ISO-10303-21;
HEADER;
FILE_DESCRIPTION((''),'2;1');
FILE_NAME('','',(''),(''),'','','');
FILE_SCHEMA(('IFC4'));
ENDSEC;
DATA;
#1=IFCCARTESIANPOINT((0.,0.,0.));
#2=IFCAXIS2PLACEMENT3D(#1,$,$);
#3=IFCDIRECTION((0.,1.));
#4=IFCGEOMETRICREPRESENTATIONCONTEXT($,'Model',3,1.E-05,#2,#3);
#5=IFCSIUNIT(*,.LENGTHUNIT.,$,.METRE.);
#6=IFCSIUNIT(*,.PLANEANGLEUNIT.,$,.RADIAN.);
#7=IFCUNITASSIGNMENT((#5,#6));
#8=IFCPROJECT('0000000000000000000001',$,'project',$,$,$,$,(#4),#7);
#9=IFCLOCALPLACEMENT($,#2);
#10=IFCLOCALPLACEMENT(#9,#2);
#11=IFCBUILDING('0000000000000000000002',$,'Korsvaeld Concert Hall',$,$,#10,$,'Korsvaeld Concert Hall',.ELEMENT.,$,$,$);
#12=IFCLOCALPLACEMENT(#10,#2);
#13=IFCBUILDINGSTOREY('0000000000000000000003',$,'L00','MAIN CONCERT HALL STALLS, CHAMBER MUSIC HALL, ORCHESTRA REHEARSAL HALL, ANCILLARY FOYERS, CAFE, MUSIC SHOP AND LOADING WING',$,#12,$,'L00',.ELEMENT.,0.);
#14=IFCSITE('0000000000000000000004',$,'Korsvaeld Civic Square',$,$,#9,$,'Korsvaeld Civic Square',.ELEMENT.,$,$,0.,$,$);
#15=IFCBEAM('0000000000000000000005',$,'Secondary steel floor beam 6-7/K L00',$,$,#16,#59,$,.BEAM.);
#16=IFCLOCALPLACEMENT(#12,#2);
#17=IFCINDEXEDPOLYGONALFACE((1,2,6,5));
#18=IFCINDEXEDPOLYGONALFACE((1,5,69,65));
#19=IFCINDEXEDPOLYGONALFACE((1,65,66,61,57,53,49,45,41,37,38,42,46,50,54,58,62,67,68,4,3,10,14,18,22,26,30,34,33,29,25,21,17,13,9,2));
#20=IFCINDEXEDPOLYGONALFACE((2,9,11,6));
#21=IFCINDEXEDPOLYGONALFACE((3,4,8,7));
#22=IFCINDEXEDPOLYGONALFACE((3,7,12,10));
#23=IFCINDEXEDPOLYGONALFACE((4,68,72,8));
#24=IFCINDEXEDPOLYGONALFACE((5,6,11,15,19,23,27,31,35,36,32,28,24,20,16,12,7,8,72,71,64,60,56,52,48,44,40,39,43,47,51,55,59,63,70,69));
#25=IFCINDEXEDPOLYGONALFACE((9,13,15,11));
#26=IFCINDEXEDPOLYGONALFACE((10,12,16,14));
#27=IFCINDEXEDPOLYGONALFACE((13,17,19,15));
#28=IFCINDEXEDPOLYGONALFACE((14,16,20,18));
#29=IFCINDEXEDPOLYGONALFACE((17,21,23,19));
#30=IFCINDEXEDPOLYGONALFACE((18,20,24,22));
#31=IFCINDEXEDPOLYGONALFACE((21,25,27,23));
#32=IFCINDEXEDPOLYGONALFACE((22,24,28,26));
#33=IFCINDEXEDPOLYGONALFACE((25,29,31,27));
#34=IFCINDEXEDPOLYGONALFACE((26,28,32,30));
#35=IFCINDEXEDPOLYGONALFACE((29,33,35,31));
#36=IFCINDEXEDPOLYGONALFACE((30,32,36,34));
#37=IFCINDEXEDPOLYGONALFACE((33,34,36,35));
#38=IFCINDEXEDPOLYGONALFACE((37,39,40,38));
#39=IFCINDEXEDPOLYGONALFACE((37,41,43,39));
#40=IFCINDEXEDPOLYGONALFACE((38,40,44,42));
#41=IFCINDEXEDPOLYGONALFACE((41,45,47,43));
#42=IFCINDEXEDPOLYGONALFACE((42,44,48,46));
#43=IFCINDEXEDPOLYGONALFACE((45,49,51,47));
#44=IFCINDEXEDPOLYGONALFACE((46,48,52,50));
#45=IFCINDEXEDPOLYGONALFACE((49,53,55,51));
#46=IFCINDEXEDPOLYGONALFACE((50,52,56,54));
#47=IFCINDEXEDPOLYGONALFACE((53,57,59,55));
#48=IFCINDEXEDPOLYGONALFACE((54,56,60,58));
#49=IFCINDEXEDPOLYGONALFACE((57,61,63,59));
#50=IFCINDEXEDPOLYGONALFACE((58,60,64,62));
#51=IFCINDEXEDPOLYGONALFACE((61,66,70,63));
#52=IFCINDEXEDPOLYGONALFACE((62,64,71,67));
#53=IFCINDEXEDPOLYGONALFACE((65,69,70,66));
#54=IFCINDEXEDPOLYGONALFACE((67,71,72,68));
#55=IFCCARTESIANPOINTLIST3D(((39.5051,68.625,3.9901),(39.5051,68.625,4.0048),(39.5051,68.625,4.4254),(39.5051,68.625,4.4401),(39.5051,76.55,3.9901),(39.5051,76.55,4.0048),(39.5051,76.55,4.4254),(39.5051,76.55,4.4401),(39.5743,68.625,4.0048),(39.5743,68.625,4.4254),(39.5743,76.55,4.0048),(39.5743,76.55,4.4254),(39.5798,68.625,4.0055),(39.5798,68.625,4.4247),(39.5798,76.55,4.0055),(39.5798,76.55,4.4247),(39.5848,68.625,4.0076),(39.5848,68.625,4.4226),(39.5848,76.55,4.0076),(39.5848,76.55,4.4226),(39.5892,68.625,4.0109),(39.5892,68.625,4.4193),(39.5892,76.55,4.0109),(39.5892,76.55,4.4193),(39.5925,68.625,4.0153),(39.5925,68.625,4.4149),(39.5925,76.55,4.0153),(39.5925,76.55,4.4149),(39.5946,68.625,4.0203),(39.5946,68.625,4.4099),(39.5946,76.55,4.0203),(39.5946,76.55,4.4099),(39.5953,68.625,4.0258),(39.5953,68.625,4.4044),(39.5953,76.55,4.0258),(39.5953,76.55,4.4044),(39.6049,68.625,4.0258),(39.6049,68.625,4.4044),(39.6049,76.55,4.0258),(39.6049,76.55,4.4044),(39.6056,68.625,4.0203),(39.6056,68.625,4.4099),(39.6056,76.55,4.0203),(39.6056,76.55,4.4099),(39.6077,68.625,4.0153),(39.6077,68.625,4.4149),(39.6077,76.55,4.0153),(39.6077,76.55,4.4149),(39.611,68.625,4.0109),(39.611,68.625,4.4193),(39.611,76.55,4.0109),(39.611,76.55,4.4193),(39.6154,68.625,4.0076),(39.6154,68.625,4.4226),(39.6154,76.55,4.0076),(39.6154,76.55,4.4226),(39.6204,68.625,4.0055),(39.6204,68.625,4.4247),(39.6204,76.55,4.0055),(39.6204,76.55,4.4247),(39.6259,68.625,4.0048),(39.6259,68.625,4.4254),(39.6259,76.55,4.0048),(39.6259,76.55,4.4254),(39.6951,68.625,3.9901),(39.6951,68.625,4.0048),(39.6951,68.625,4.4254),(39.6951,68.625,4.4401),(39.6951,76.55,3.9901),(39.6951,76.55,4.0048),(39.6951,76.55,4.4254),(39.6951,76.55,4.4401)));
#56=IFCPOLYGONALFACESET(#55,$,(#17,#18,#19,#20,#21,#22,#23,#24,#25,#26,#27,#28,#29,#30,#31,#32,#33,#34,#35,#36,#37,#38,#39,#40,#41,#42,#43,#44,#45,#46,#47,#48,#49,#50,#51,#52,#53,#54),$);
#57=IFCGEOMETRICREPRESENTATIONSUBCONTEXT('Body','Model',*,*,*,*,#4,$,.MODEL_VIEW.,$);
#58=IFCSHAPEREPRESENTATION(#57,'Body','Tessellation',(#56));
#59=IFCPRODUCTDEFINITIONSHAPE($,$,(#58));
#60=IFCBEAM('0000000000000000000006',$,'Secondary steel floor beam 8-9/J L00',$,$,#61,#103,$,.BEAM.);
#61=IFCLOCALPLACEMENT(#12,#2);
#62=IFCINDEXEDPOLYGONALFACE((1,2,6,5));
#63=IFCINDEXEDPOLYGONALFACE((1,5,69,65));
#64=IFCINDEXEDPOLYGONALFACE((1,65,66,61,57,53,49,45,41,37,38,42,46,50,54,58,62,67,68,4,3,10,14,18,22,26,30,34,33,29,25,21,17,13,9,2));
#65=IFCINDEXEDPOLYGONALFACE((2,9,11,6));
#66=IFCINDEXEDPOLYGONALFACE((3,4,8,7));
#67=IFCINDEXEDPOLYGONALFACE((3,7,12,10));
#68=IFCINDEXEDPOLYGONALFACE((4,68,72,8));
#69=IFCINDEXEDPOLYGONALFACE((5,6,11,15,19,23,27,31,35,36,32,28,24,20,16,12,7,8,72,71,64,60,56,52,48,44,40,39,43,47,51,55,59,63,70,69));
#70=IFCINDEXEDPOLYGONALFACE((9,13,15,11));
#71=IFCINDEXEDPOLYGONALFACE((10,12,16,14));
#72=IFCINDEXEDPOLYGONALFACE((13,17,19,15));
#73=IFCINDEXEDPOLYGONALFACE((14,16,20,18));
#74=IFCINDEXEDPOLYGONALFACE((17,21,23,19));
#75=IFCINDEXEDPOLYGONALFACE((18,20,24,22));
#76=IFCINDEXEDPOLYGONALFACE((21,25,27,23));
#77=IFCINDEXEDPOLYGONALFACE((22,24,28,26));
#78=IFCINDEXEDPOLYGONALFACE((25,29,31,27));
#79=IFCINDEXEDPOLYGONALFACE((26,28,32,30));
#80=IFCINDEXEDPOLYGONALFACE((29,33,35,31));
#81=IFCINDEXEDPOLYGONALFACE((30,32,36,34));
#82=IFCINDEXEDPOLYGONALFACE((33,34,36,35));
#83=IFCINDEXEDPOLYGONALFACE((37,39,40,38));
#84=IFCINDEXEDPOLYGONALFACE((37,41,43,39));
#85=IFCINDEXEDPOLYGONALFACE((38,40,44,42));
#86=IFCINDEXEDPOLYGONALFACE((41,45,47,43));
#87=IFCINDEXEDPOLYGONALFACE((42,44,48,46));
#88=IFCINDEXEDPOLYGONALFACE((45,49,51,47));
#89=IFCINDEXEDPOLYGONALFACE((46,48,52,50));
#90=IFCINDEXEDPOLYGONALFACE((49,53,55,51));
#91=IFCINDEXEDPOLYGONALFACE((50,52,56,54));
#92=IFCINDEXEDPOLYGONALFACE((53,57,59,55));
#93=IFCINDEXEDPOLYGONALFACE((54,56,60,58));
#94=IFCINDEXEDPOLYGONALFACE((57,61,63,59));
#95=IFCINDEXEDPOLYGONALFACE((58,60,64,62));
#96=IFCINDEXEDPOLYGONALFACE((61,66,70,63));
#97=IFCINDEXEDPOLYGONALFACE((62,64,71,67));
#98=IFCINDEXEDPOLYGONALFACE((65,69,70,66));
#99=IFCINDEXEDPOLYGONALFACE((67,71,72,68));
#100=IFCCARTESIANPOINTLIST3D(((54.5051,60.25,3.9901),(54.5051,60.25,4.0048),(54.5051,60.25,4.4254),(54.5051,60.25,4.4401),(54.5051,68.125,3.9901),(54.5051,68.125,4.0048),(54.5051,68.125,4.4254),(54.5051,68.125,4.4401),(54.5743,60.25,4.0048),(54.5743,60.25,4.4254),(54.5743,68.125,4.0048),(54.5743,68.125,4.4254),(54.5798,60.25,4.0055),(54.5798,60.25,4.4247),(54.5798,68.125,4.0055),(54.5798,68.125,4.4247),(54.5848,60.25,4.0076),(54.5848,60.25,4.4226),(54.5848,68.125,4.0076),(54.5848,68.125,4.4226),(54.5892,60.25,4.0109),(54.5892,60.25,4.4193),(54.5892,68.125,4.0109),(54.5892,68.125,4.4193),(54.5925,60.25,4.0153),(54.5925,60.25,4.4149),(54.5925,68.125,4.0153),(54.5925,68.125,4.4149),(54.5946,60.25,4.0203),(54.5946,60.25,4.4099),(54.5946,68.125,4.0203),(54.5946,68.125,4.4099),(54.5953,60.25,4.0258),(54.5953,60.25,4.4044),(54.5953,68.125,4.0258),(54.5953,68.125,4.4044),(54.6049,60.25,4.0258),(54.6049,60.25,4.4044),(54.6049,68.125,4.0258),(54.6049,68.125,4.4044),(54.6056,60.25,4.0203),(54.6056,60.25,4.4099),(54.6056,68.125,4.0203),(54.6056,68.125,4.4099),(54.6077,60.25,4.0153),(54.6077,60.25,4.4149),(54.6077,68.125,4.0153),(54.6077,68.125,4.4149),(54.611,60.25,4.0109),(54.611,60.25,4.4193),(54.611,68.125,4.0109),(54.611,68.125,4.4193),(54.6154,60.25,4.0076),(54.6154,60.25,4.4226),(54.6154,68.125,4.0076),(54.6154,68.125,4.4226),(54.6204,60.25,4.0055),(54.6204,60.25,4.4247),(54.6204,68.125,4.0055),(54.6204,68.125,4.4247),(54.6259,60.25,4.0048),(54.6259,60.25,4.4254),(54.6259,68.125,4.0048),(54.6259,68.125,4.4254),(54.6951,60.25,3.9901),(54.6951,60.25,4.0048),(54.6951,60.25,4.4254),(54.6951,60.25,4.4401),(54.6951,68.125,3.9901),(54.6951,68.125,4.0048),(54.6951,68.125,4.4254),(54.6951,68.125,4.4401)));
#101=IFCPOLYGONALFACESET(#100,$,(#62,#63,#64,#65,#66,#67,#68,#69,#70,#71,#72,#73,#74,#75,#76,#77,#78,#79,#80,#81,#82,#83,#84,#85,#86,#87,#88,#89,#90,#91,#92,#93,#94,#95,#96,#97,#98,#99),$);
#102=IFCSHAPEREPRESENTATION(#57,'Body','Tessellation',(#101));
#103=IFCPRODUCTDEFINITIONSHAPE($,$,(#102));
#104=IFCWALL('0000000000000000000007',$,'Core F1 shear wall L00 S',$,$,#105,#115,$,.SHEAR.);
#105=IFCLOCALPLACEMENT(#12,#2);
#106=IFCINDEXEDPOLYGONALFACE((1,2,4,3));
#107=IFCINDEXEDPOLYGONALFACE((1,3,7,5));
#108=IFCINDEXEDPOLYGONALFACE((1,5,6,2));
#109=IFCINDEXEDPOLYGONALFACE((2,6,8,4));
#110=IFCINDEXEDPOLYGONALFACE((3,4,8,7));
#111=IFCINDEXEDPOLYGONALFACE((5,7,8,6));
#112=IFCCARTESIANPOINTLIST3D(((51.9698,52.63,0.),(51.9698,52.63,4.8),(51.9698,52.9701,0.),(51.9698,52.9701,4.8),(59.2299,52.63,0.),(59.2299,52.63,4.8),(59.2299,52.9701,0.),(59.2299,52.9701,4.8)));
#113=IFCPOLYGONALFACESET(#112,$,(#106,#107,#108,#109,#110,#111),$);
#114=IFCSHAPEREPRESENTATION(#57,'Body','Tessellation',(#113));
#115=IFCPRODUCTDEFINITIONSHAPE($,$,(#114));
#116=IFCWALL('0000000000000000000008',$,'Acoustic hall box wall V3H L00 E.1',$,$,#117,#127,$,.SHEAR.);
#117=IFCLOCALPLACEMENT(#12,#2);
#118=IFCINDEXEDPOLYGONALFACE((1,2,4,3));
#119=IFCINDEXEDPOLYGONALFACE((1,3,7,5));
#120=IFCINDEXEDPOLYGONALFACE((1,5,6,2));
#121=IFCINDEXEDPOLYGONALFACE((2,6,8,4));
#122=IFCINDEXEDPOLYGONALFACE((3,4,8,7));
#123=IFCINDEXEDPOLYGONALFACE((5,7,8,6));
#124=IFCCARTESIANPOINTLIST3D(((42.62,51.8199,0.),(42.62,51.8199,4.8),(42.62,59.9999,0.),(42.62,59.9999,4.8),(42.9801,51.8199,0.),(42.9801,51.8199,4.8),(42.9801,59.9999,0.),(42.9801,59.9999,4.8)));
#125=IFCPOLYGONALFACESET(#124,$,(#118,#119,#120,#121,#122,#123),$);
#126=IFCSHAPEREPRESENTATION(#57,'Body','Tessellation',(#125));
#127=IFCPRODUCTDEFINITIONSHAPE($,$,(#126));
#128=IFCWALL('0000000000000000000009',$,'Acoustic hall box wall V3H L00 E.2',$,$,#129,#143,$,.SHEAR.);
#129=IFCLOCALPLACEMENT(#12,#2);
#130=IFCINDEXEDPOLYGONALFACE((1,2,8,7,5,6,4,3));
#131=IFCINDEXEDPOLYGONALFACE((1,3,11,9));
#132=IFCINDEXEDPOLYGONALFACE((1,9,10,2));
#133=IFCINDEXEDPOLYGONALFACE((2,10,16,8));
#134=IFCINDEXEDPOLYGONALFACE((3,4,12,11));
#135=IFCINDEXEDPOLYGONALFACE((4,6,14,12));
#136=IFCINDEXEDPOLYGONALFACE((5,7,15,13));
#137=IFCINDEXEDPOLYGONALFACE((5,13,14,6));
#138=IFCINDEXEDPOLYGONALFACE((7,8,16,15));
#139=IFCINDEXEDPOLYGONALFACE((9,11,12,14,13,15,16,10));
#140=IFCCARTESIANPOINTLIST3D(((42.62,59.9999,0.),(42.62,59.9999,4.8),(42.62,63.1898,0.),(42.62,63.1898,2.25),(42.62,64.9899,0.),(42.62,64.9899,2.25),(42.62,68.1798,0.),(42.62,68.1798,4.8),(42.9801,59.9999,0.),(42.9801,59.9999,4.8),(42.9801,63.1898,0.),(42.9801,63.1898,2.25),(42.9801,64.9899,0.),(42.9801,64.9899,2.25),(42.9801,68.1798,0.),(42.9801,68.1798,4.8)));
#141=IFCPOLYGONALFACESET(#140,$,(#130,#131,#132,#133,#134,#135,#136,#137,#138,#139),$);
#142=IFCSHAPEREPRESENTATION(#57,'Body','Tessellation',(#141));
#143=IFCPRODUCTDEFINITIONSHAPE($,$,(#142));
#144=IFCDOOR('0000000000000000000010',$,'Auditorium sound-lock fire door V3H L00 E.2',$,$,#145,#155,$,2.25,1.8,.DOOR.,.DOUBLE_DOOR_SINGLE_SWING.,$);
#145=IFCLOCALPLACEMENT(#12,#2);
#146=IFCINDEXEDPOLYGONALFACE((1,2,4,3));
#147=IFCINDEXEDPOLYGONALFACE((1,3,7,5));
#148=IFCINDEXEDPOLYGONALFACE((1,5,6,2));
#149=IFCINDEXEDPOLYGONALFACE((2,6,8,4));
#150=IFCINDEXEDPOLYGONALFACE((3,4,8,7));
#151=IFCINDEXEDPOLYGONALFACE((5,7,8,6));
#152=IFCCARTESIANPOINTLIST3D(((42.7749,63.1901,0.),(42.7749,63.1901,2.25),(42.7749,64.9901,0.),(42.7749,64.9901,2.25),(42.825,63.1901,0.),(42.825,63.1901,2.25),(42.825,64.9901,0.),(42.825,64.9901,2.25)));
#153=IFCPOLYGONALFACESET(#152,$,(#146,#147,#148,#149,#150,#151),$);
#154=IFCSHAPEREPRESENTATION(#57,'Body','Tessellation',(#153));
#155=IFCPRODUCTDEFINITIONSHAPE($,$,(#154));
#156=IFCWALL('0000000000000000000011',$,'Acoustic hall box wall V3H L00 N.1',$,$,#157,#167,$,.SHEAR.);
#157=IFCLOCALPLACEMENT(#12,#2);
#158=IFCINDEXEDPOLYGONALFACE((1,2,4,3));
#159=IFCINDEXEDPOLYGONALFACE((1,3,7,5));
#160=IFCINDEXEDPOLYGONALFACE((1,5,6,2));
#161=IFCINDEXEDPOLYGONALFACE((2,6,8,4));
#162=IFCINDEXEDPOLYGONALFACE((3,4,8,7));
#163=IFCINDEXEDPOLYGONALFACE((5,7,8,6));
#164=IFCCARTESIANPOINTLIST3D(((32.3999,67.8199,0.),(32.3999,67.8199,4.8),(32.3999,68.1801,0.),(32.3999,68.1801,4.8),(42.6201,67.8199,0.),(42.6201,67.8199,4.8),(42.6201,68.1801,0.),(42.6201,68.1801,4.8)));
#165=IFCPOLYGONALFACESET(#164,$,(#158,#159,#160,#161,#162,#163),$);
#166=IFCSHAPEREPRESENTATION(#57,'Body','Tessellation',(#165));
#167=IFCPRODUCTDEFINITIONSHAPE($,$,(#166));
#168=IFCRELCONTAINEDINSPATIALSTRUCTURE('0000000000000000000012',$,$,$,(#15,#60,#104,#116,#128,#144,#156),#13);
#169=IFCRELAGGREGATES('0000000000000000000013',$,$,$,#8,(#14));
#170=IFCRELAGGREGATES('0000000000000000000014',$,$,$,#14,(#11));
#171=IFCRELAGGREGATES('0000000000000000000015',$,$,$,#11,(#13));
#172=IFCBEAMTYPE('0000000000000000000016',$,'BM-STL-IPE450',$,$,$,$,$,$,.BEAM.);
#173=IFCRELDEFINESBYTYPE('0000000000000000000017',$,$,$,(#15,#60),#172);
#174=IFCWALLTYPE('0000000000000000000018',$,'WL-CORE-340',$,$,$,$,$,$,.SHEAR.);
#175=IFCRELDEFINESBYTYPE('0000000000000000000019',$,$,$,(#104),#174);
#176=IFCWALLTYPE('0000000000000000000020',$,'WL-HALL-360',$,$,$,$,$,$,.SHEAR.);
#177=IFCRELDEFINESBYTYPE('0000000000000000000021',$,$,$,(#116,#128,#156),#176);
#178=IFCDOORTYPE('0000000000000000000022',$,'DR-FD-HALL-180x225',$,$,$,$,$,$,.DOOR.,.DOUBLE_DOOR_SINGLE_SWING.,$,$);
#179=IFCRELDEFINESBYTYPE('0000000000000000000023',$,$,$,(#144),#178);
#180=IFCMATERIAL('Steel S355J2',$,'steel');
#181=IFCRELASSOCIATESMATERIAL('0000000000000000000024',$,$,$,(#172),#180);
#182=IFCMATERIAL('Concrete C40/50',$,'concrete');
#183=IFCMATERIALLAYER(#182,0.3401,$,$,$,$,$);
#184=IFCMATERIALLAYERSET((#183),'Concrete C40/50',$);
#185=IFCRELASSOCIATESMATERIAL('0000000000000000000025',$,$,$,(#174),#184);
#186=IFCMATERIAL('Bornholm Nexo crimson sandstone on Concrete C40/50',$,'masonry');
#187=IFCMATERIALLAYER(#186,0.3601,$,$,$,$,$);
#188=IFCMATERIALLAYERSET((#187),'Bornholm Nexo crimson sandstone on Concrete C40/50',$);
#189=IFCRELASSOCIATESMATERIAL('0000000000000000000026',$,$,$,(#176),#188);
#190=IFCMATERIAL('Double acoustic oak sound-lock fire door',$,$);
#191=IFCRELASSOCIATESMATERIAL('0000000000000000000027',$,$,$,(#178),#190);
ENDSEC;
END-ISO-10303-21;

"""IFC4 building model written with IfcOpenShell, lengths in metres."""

from ifc_helpers import new_model, si_unit, direction, frame, frame_2d, origin, origin_2d, place, context, subcontext, project, spatial, rectangle, i_section, extrude, material, layer, layer_set, material_profile, profile_set, type_object, element, fill, save


model = new_model("IFC4")

# Units and contexts
model_context = context("Model", 3, precision=1e-05, world=origin(), true_north=direction((0.0, 1.0)))
body_context = subcontext(model_context, "Body", "Model", "MODEL_VIEW")
ifc_project = project(units=[si_unit("LENGTHUNIT", "METRE"), si_unit("PLANEANGLEUNIT", "RADIAN")], contexts=[model_context])

# Site, building, storey
site_placement = place(None, origin())
site = spatial("IfcSite", under=ifc_project, at=site_placement, Name="Korsvaeld Civic Square", LongName="Korsvaeld Civic Square", CompositionType="ELEMENT", RefElevation=0.0)
building_placement = place(site_placement, origin())
building = spatial("IfcBuilding", under=site, at=building_placement, Name="Korsvaeld Concert Hall", LongName="Korsvaeld Concert Hall", CompositionType="ELEMENT")
storey_placement = place(building_placement, origin())
storey = spatial("IfcBuildingStorey", under=building, at=storey_placement, Name="L00", Description="MAIN CONCERT HALL STALLS, CHAMBER MUSIC HALL, ORCHESTRA REHEARSAL HALL, ANCILLARY FOYERS, CAFE, MUSIC SHOP AND LOADING WING", LongName="L00", CompositionType="ELEMENT", Elevation=0.0)

# Shared definitions
ifc_material_1 = material(Name="Concrete C40/50", Category="concrete")

# Beams
ifc_material_2 = material(Name="Steel S355J2", Category="steel")
ifc_material_profile_1 = material_profile(ifc_material_2, i_section(OverallWidth=0.1899, OverallDepth=0.45, WebThickness=0.0095, FlangeThickness=0.0146, FilletRadius=0.021, at=origin_2d()), Name="IPE 450")
ifc_profile_set_1 = profile_set([ifc_material_profile_1], Name="Steel S355J2")
beam_type_1 = type_object("IfcBeamType", Name="BM-STL-IPE450", PredefinedType="BEAM", material=ifc_profile_set_1)
beam_1_placement = place(storey_placement, frame((39.6001, 68.625, 4.2151), z_axis=(0.0, 1.0, 0.0), x_axis=(-1.0, 0.0, 0.0)))
element("IfcBeam", 1, at=beam_1_placement, inside=storey, type_object=beam_type_1, Name="Secondary steel floor beam 6-7/K L00", PredefinedType="BEAM", context=body_context, shape_type="SweptSolid", body=[
    extrude(i_section(OverallWidth=0.1899, OverallDepth=0.45, WebThickness=0.0095, FlangeThickness=0.0146, FilletRadius=0.021, at=origin_2d()), origin(), (0.0, 0.0, 1.0), 7.925),
])
beam_2_placement = place(storey_placement, frame((54.6001, 60.25, 4.2151), z_axis=(0.0, 1.0, 0.0), x_axis=(-1.0, 0.0, 0.0)))
element("IfcBeam", 2, at=beam_2_placement, inside=storey, type_object=beam_type_1, Name="Secondary steel floor beam 8-9/J L00", PredefinedType="BEAM", context=body_context, shape_type="SweptSolid", body=[
    extrude(i_section(OverallWidth=0.1899, OverallDepth=0.45, WebThickness=0.0095, FlangeThickness=0.0146, FilletRadius=0.021, at=origin_2d()), origin(), (0.0, 0.0, 1.0), 7.875),
])

# Wall
ifc_layer_1 = layer(ifc_material_1, 0.3401)
ifc_layer_set_1 = layer_set([ifc_layer_1], Name="Concrete C40/50")
wall_type_1 = type_object("IfcWallType", Name="WL-CORE-340", PredefinedType="SHEAR", material=ifc_layer_set_1)
wall_1_placement = place(storey_placement, frame((51.97, 52.8, 0.0), z_axis=(0.0, 0.0, 1.0), x_axis=(1.0, 0.0, 0.0)))
element("IfcWall", 3, at=wall_1_placement, inside=storey, type_object=wall_type_1, Name="Core F1 shear wall L00 S", PredefinedType="SHEAR", context=body_context, shape_type="SweptSolid", body=[
    extrude(rectangle(XDim=7.26, YDim=0.3401, at=frame_2d((3.6299, 0.0))), origin(), (0.0, 0.0, 1.0), 4.8),
])

# Wall
ifc_material_3 = material(Name="Bornholm Nexo crimson sandstone on Concrete C40/50", Category="masonry")
ifc_layer_2 = layer(ifc_material_3, 0.3601)
ifc_layer_set_2 = layer_set([ifc_layer_2], Name="Bornholm Nexo crimson sandstone on Concrete C40/50")
wall_type_2 = type_object("IfcWallType", Name="WL-HALL-360", PredefinedType="SHEAR", material=ifc_layer_set_2)
wall_2_placement = place(storey_placement, frame((42.8, 51.8201, 0.0), z_axis=(0.0, 0.0, 1.0), x_axis=(0.0, 1.0, 0.0)))
element("IfcWall", 4, at=wall_2_placement, inside=storey, type_object=wall_type_2, Name="Acoustic hall box wall V3H L00 E.1", PredefinedType="SHEAR", context=body_context, shape_type="SweptSolid", body=[
    extrude(rectangle(XDim=8.1799, YDim=0.3601, at=frame_2d((4.0898, 0.0))), origin(), (0.0, 0.0, 1.0), 4.8),
])

# Wall, opening, door
wall_3_placement = place(storey_placement, frame((42.8, 60.0, 0.0), z_axis=(0.0, 0.0, 1.0), x_axis=(0.0, 1.0, 0.0)))
wall_3 = element("IfcWall", 5, at=wall_3_placement, inside=storey, type_object=wall_type_2, Name="Acoustic hall box wall V3H L00 E.2", PredefinedType="SHEAR", context=body_context, shape_type="SweptSolid", body=[
    extrude(rectangle(XDim=8.1799, YDim=0.3601, at=frame_2d((4.0898, 0.0))), origin(), (0.0, 0.0, 1.0), 4.8),
])
opening_1_placement = place(wall_3_placement, frame((3.1899, 0.0, 0.0)))
opening_1 = element("IfcOpeningElement", 6, at=opening_1_placement, cuts=wall_3, PredefinedType="OPENING", context=body_context, shape_type="SweptSolid", body=[
    extrude(rectangle(XDim=1.8, YDim=2.25, at=frame_2d((0.8999, 1.125))), frame((0.0, 0.1899, 0.0), z_axis=(0.0, -1.0, 0.0), x_axis=(1.0, 0.0, 0.0)), (0.0, 0.0, 1.0), 0.3801),
])
ifc_material_4 = material(Name="Double acoustic oak sound-lock fire door")
door_type_1 = type_object("IfcDoorType", Name="DR-FD-HALL-180x225", OperationType="DOUBLE_DOOR_SINGLE_SWING", PredefinedType="DOOR", material=ifc_material_4)
door_1_placement = place(opening_1_placement, frame((1.8, 0.0, 0.0), z_axis=(0.0, 0.0, 1.0), x_axis=(-1.0, 0.0, 0.0)))
door_1 = element("IfcDoor", 7, at=door_1_placement, inside=storey, type_object=door_type_1, Name="Auditorium sound-lock fire door V3H L00 E.2", OperationType="DOUBLE_DOOR_SINGLE_SWING", OverallHeight=2.25, OverallWidth=1.8, PredefinedType="DOOR", context=body_context, shape_type="SweptSolid", body=[
    extrude(rectangle(XDim=1.8, YDim=2.25, at=frame_2d((0.8999, 1.125))), frame((0.0, 0.0249, 0.0), z_axis=(0.0, -1.0, 0.0), x_axis=(1.0, 0.0, 0.0)), (0.0, 0.0, 1.0), 0.05),
])
fill(opening_1, door_1)

# Wall
wall_4_placement = place(storey_placement, frame((42.6201, 68.0, 0.0), z_axis=(0.0, 0.0, 1.0), x_axis=(-1.0, 0.0, 0.0)))
element("IfcWall", 8, at=wall_4_placement, inside=storey, type_object=wall_type_2, Name="Acoustic hall box wall V3H L00 N.1", PredefinedType="SHEAR", context=body_context, shape_type="SweptSolid", body=[
    extrude(rectangle(XDim=10.2202, YDim=0.3601, at=frame_2d((5.1101, 0.0))), origin(), (0.0, 0.0, 1.0), 4.8),
])

save(model, "model.ifc")
